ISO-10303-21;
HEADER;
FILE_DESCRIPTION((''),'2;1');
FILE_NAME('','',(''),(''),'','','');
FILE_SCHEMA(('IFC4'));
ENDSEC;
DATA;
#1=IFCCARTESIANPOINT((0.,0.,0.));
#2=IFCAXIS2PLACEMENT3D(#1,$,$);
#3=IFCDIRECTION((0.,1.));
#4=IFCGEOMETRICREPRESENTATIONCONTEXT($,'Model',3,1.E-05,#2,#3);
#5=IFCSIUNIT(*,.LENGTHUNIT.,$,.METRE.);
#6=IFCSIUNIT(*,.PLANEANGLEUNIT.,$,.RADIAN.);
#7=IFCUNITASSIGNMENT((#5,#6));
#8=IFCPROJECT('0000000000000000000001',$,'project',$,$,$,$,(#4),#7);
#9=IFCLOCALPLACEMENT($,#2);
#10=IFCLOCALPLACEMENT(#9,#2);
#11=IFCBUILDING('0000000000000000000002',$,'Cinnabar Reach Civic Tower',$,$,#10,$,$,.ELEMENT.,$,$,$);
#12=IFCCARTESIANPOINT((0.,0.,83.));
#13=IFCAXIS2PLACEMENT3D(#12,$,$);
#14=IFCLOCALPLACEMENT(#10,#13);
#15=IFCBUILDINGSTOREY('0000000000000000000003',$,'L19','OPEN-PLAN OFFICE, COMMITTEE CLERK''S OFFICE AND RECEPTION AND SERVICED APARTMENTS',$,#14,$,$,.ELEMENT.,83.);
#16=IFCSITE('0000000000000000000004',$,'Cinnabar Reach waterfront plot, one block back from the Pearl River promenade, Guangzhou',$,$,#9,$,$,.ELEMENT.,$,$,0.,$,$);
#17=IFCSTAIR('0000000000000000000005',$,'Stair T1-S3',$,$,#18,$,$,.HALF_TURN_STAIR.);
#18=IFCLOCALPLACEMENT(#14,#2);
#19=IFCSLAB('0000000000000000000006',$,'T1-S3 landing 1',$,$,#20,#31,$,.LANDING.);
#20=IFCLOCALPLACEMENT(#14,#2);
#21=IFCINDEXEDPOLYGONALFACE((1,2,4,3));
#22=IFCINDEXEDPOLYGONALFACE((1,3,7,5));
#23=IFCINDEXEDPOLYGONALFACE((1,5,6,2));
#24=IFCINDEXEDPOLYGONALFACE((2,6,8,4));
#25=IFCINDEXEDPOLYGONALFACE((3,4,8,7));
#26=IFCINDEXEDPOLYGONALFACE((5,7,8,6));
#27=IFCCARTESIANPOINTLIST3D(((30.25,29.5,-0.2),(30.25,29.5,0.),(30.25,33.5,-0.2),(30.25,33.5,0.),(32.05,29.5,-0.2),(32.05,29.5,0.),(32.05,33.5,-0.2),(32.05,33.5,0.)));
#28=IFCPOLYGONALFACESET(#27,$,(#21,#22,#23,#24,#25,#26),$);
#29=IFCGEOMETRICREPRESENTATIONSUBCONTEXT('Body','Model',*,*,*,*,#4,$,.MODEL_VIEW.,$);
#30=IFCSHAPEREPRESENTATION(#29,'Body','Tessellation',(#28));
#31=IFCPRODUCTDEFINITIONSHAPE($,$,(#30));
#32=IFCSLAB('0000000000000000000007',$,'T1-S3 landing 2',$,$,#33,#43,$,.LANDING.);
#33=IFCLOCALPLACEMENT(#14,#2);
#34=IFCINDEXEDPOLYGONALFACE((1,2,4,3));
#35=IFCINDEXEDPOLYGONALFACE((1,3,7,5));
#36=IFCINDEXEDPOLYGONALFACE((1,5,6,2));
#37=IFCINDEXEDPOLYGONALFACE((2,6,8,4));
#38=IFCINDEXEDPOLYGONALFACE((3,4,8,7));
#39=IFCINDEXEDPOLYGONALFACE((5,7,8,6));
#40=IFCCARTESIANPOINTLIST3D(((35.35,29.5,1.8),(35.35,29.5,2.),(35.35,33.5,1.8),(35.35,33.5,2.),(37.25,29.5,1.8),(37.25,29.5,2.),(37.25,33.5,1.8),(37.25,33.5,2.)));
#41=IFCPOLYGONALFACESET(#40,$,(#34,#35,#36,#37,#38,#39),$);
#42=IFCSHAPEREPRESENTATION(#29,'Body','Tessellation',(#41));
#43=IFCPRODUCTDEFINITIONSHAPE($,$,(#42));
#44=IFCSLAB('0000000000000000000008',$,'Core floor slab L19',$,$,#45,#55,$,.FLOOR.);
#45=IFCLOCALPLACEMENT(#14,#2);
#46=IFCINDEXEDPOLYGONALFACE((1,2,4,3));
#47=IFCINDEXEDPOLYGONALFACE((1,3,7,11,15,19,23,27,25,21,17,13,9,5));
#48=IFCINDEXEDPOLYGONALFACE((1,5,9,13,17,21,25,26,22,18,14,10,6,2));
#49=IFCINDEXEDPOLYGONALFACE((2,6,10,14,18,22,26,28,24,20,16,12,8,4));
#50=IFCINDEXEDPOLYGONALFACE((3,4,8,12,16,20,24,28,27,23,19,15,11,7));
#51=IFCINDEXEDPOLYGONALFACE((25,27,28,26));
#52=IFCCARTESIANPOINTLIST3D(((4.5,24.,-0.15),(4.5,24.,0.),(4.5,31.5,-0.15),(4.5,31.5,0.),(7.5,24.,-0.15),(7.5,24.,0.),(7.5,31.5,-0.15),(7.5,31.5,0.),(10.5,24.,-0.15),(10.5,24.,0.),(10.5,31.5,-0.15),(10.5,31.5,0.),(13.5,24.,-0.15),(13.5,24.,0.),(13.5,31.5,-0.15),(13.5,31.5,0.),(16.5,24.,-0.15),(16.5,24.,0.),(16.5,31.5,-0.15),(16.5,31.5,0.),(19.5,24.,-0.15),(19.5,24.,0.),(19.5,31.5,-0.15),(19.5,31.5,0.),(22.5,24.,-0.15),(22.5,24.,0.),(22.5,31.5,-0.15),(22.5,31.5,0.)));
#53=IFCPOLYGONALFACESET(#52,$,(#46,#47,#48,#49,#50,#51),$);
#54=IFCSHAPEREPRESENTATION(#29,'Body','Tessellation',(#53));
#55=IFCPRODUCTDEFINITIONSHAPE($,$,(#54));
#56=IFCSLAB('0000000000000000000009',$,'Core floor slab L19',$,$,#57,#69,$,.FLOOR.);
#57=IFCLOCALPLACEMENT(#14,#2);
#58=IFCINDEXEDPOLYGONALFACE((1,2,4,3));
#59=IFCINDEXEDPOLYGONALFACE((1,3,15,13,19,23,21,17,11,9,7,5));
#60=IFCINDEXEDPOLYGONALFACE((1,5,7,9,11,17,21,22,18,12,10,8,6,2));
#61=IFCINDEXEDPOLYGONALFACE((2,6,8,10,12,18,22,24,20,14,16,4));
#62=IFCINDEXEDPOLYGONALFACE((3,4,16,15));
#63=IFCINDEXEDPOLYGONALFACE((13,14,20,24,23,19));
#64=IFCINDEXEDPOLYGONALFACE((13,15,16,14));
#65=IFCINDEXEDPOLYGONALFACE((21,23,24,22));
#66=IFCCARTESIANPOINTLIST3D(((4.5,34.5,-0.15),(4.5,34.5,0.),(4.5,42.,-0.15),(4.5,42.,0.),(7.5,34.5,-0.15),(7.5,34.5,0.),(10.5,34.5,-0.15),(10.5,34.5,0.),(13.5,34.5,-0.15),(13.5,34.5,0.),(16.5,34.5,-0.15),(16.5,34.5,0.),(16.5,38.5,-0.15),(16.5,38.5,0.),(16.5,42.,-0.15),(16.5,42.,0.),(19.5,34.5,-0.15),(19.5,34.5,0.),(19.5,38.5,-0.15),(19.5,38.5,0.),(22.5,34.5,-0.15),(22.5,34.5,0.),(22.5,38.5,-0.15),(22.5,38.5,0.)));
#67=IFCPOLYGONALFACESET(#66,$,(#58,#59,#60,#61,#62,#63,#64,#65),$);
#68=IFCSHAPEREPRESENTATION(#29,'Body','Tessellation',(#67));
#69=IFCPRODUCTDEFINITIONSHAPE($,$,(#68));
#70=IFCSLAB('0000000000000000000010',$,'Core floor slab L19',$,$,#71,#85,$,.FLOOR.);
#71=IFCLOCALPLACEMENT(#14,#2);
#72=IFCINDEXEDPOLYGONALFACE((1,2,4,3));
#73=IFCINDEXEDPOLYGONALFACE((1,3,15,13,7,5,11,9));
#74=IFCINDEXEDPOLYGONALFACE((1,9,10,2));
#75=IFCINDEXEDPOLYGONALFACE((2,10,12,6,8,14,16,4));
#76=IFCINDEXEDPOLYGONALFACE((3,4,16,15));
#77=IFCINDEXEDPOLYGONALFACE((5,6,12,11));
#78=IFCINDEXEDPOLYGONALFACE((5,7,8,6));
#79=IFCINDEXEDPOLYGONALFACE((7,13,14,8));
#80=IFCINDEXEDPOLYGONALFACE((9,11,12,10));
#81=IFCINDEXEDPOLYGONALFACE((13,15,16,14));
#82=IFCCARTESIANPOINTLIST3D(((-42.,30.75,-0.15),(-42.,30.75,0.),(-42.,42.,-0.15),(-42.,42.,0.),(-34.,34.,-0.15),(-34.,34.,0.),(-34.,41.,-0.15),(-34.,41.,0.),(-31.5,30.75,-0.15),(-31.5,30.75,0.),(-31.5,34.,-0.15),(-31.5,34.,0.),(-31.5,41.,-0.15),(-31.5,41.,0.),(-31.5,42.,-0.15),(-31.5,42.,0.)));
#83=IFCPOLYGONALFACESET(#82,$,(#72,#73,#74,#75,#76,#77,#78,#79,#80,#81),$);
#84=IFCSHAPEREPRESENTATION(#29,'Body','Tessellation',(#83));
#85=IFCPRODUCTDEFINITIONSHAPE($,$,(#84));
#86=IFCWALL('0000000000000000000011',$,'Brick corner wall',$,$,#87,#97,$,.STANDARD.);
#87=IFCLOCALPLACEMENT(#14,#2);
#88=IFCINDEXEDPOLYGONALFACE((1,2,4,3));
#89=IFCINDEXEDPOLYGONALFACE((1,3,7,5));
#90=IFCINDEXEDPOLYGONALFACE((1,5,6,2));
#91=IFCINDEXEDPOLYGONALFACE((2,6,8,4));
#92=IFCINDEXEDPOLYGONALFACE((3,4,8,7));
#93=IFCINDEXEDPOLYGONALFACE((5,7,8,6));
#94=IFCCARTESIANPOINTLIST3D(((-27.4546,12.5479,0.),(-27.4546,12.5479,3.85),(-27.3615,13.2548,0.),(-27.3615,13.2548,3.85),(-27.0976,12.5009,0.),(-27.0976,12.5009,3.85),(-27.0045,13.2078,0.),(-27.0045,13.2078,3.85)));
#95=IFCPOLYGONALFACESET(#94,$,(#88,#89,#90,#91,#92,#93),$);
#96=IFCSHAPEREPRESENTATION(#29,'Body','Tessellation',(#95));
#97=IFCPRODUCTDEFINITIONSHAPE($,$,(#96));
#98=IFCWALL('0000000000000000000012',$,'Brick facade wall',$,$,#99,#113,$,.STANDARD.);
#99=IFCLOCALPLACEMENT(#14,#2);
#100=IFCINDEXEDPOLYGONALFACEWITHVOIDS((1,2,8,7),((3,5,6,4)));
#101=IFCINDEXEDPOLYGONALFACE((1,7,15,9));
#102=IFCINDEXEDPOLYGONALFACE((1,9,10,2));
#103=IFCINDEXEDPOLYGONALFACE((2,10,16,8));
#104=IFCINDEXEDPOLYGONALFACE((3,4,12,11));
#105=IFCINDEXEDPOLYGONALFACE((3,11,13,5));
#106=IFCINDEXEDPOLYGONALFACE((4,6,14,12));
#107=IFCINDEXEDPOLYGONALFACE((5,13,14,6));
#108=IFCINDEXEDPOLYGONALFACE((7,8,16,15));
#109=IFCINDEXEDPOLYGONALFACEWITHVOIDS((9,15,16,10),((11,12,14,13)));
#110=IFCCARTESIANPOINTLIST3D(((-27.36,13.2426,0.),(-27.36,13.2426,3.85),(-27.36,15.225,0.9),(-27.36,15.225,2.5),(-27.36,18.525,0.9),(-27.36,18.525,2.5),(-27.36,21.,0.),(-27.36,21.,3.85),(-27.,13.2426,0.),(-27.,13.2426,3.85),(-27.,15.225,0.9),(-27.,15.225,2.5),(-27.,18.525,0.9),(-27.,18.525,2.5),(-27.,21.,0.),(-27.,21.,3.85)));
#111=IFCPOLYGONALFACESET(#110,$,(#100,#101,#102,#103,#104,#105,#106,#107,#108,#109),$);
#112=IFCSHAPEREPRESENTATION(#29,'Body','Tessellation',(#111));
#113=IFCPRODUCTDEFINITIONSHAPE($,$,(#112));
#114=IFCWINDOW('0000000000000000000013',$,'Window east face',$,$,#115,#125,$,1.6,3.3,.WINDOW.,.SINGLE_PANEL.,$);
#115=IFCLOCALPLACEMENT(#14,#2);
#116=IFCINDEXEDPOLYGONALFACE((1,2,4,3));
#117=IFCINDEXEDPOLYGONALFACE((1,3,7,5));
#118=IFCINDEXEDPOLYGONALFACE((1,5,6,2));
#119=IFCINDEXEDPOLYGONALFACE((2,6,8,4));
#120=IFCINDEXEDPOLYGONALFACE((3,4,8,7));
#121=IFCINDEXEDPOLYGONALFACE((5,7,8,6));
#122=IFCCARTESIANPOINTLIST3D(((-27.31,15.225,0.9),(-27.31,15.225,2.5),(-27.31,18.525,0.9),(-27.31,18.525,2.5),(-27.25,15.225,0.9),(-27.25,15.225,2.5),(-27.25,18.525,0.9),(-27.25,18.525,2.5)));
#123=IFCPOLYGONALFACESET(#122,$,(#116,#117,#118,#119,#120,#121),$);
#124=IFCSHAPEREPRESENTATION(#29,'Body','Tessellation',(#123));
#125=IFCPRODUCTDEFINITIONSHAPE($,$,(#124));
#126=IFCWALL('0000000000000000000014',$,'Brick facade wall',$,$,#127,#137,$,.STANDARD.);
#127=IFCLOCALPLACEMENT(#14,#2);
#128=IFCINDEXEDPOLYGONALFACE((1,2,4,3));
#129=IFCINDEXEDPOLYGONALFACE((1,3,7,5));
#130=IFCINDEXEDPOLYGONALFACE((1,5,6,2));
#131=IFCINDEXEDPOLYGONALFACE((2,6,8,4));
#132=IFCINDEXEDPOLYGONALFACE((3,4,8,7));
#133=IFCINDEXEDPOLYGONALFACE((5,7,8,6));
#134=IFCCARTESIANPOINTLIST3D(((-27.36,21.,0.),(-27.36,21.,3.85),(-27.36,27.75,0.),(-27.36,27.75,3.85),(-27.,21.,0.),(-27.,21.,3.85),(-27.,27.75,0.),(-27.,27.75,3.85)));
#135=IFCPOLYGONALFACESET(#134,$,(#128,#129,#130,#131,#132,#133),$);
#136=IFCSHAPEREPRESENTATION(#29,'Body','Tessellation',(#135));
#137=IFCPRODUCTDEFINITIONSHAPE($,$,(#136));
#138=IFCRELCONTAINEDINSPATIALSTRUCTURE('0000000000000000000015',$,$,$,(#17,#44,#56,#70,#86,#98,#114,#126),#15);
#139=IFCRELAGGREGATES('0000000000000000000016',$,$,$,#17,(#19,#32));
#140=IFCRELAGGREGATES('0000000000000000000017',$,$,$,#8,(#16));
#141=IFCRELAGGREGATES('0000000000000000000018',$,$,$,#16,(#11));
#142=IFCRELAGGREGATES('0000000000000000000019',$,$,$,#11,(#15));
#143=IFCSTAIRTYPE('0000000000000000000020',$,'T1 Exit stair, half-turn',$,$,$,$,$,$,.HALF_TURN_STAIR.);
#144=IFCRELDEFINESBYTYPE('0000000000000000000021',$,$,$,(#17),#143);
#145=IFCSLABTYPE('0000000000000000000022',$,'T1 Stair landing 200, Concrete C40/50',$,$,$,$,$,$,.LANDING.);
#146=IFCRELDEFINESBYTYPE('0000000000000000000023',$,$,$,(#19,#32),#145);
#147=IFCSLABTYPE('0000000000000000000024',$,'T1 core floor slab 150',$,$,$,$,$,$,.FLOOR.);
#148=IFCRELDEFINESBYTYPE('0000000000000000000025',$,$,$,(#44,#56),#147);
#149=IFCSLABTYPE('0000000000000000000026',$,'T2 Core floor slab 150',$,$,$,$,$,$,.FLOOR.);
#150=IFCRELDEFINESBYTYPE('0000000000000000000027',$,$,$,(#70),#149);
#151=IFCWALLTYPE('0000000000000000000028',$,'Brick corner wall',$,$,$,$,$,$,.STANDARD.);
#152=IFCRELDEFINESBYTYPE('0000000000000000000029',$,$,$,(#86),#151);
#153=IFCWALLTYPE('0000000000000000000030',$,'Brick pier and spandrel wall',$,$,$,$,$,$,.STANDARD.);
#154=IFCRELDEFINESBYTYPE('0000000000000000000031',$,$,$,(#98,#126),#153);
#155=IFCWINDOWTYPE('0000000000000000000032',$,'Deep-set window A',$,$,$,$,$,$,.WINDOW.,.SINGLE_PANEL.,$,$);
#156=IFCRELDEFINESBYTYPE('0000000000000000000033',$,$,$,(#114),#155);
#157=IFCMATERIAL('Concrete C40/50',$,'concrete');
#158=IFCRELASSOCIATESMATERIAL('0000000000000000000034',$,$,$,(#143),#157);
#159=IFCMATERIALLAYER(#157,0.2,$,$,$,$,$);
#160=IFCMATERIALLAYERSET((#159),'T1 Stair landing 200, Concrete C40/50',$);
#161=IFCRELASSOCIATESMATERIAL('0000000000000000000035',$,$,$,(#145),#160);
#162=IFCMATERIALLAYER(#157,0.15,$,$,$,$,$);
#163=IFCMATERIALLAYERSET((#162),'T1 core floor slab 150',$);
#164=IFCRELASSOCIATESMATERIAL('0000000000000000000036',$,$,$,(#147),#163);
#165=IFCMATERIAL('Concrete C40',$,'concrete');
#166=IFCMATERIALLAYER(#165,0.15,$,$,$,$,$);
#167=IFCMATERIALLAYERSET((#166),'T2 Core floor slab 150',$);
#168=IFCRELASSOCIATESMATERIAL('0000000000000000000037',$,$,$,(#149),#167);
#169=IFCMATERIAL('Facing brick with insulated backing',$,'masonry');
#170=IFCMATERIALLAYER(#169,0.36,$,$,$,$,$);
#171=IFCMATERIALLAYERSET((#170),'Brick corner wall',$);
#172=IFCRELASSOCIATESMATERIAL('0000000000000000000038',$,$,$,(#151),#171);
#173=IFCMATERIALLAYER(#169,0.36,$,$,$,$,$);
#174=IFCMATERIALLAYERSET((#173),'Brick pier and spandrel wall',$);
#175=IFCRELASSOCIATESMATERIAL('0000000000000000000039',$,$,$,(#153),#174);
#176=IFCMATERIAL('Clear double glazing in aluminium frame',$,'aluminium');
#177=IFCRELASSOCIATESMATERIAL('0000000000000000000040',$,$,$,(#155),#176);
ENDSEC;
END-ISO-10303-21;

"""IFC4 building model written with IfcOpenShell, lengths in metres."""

from ifc_helpers import new_model, si_unit, direction, frame, frame_2d, origin, place, context, subcontext, project, spatial, polyline, rectangle, outline, extrude, material, layer, layer_set, type_object, element, fill, aggregate, save


model = new_model("IFC4")

# Units and contexts
model_context = context("Model", 3, precision=1e-05, world=origin(), true_north=direction((0.0, 1.0)))
body_context = subcontext(model_context, "Body", "Model", "MODEL_VIEW")
ifc_project = project(units=[si_unit("LENGTHUNIT", "METRE"), si_unit("PLANEANGLEUNIT", "RADIAN")], contexts=[model_context])

# Site, building, storey
site_placement = place(None, origin())
site = spatial("IfcSite", under=ifc_project, at=site_placement, Name="Cinnabar Reach waterfront plot, one block back from the Pearl River promenade, Guangzhou", CompositionType="ELEMENT", RefElevation=0.0)
building_placement = place(site_placement, origin())
building = spatial("IfcBuilding", under=site, at=building_placement, Name="Cinnabar Reach Civic Tower", CompositionType="ELEMENT")
storey_placement = place(building_placement, frame((0.0, 0.0, 83.0)))
storey = spatial("IfcBuildingStorey", under=building, at=storey_placement, Name="L19", Description="OPEN-PLAN OFFICE, COMMITTEE CLERK'S OFFICE AND RECEPTION AND SERVICED APARTMENTS", CompositionType="ELEMENT", Elevation=83.0)

# Shared definitions
ifc_material_1 = material(Name="Concrete C40", Category="concrete")

# Stair, slabs
ifc_material_2 = material(Name="Concrete C40/50", Category="concrete")
stair_type = type_object("IfcStairType", Name="T1 Exit stair, half-turn", PredefinedType="HALF_TURN_STAIR", material=ifc_material_2)
ifc_layer_1 = layer(ifc_material_2, 0.2)
ifc_layer_set_1 = layer_set([ifc_layer_1], Name="T1 Stair landing 200, Concrete C40/50")
slab_type_1 = type_object("IfcSlabType", Name="T1 Stair landing 200, Concrete C40/50", PredefinedType="LANDING", material=ifc_layer_set_1)
stair_1_placement = place(storey_placement, origin())
stair_1 = element("IfcStair", 1, at=stair_1_placement, inside=storey, type_object=stair_type, Name="Stair T1-S3", PredefinedType="HALF_TURN_STAIR")
slab_1_placement = place(storey_placement, frame((0.0, 0.0, -0.2)))
slab_1 = element("IfcSlab", 2, at=slab_1_placement, type_object=slab_type_1, Name="T1-S3 landing 1", PredefinedType="LANDING", context=body_context, shape_type="SweptSolid", body=[
    extrude(outline(polyline([(30.25, 29.5), (32.05, 29.5), (32.05, 33.5), (30.25, 33.5), (30.25, 29.5)])), origin(), (0.0, 0.0, 1.0), 0.2),
])
slab_2_placement = place(storey_placement, frame((0.0, 0.0, 1.8)))
slab_2 = element("IfcSlab", 3, at=slab_2_placement, type_object=slab_type_1, Name="T1-S3 landing 2", PredefinedType="LANDING", context=body_context, shape_type="SweptSolid", body=[
    extrude(outline(polyline([(35.35, 29.5), (37.25, 29.5), (37.25, 33.5), (35.35, 33.5), (35.35, 29.5)])), origin(), (0.0, 0.0, 1.0), 0.2),
])
aggregate(stair_1, [slab_1, slab_2])

# Slabs
ifc_layer_2 = layer(ifc_material_2, 0.15)
ifc_layer_set_2 = layer_set([ifc_layer_2], Name="T1 core floor slab 150")
slab_type_2 = type_object("IfcSlabType", Name="T1 core floor slab 150", PredefinedType="FLOOR", material=ifc_layer_set_2)
slab_3_placement = place(storey_placement, frame((0.0, 0.0, -0.15)))
element("IfcSlab", 4, at=slab_3_placement, inside=storey, type_object=slab_type_2, Name="Core floor slab L19", PredefinedType="FLOOR", context=body_context, shape_type="SweptSolid", body=[
    extrude(outline(polyline([(22.5, 24.0), (19.5, 24.0), (16.5, 24.0), (13.5, 24.0), (10.5, 24.0), (7.5, 24.0), (4.5, 24.0), (4.5, 31.5), (7.5, 31.5), (10.5, 31.5), (13.5, 31.5), (16.5, 31.5), (19.5, 31.5), (22.5, 31.5), (22.5, 24.0)])), origin(), (0.0, 0.0, 1.0), 0.15),
])
slab_4_placement = place(storey_placement, frame((0.0, 0.0, -0.15)))
element("IfcSlab", 5, at=slab_4_placement, inside=storey, type_object=slab_type_2, Name="Core floor slab L19", PredefinedType="FLOOR", context=body_context, shape_type="SweptSolid", body=[
    extrude(outline(polyline([(22.5, 34.5), (19.5, 34.5), (16.5, 34.5), (13.5, 34.5), (10.5, 34.5), (7.5, 34.5), (4.5, 34.5), (4.5, 42.0), (16.5, 42.0), (16.5, 38.5), (19.5, 38.5), (22.5, 38.5), (22.5, 34.5)])), origin(), (0.0, 0.0, 1.0), 0.15),
])
ifc_layer_3 = layer(ifc_material_1, 0.15)
ifc_layer_set_3 = layer_set([ifc_layer_3], Name="T2 Core floor slab 150")
slab_type_3 = type_object("IfcSlabType", Name="T2 Core floor slab 150", PredefinedType="FLOOR", material=ifc_layer_set_3)
slab_5_placement = place(storey_placement, frame((0.0, 0.0, -0.15)))
element("IfcSlab", 6, at=slab_5_placement, inside=storey, type_object=slab_type_3, Name="Core floor slab L19", PredefinedType="FLOOR", context=body_context, shape_type="SweptSolid", body=[
    extrude(outline(polyline([(-42.0, 42.0), (-31.5, 42.0), (-31.5, 41.0), (-34.0, 41.0), (-34.0, 34.0), (-31.5, 34.0), (-31.5, 30.75), (-42.0, 30.75), (-42.0, 42.0)])), origin(), (0.0, 0.0, 1.0), 0.15),
])

# Wall
ifc_material_3 = material(Name="Facing brick with insulated backing", Category="masonry")
ifc_layer_4 = layer(ifc_material_3, 0.36)
ifc_layer_set_4 = layer_set([ifc_layer_4], Name="Brick corner wall")
wall_type_1 = type_object("IfcWallType", Name="Brick corner wall", PredefinedType="STANDARD", material=ifc_layer_set_4)
wall_1_placement = place(storey_placement, frame((-27.2761, 12.5244, 0.0), z_axis=(0.0, 0.0, 1.0), x_axis=(0.130556, 0.991441, 0.0)))
element("IfcWall", 7, at=wall_1_placement, inside=storey, type_object=wall_type_1, Name="Brick corner wall", PredefinedType="STANDARD", context=body_context, shape_type="SweptSolid", body=[
    extrude(rectangle(XDim=0.7131, YDim=0.36, at=frame_2d((0.3565, 0.0))), origin(), (0.0, 0.0, 1.0), 3.85),
])

# Wall, opening, window
ifc_layer_5 = layer(ifc_material_3, 0.36)
ifc_layer_set_5 = layer_set([ifc_layer_5], Name="Brick pier and spandrel wall")
wall_type_2 = type_object("IfcWallType", Name="Brick pier and spandrel wall", PredefinedType="STANDARD", material=ifc_layer_set_5)
wall_2_placement = place(storey_placement, frame((-27.18, 13.2426, 0.0), z_axis=(0.0, 0.0, 1.0), x_axis=(0.0, 1.0, 0.0)))
wall_2 = element("IfcWall", 8, at=wall_2_placement, inside=storey, type_object=wall_type_2, Name="Brick facade wall", PredefinedType="STANDARD", context=body_context, shape_type="SweptSolid", body=[
    extrude(rectangle(XDim=7.7574, YDim=0.36, at=frame_2d((3.8787, 0.0))), origin(), (0.0, 0.0, 1.0), 3.85),
])
opening_placement = place(wall_2_placement, frame((1.9824, 0.0, 0.9)))
opening = element("IfcOpeningElement", 9, at=opening_placement, cuts=wall_2, PredefinedType="OPENING", context=body_context, shape_type="SweptSolid", body=[
    extrude(rectangle(XDim=3.3, YDim=1.6, at=frame_2d((1.65, 0.8))), frame((0.0, 0.19, 0.0), z_axis=(0.0, -1.0, 0.0), x_axis=(1.0, 0.0, 0.0)), (0.0, 0.0, 1.0), 0.38),
])
ifc_material_4 = material(Name="Clear double glazing in aluminium frame", Category="aluminium")
window_type = type_object("IfcWindowType", Name="Deep-set window A", PartitioningType="SINGLE_PANEL", PredefinedType="WINDOW", material=ifc_material_4)
window_placement = place(opening_placement, origin())
window = element("IfcWindow", 10, at=window_placement, inside=storey, type_object=window_type, Name="Window east face", OverallHeight=1.6, OverallWidth=3.3, PartitioningType="SINGLE_PANEL", PredefinedType="WINDOW", context=body_context, shape_type="SweptSolid", body=[
    extrude(rectangle(XDim=3.3, YDim=1.6, at=frame_2d((1.65, 0.8))), frame((0.0, 0.13, 0.0), z_axis=(0.0, -1.0, 0.0), x_axis=(1.0, 0.0, 0.0)), (0.0, 0.0, 1.0), 0.06),
])
fill(opening, window)

# Wall
wall_3_placement = place(storey_placement, frame((-27.18, 21.0, 0.0), z_axis=(0.0, 0.0, 1.0), x_axis=(0.0, 1.0, 0.0)))
element("IfcWall", 11, at=wall_3_placement, inside=storey, type_object=wall_type_2, Name="Brick facade wall", PredefinedType="STANDARD", context=body_context, shape_type="SweptSolid", body=[
    extrude(rectangle(XDim=6.75, YDim=0.36, at=frame_2d((3.375, 0.0))), origin(), (0.0, 0.0, 1.0), 3.85),
])

save(model, "model.ifc")
